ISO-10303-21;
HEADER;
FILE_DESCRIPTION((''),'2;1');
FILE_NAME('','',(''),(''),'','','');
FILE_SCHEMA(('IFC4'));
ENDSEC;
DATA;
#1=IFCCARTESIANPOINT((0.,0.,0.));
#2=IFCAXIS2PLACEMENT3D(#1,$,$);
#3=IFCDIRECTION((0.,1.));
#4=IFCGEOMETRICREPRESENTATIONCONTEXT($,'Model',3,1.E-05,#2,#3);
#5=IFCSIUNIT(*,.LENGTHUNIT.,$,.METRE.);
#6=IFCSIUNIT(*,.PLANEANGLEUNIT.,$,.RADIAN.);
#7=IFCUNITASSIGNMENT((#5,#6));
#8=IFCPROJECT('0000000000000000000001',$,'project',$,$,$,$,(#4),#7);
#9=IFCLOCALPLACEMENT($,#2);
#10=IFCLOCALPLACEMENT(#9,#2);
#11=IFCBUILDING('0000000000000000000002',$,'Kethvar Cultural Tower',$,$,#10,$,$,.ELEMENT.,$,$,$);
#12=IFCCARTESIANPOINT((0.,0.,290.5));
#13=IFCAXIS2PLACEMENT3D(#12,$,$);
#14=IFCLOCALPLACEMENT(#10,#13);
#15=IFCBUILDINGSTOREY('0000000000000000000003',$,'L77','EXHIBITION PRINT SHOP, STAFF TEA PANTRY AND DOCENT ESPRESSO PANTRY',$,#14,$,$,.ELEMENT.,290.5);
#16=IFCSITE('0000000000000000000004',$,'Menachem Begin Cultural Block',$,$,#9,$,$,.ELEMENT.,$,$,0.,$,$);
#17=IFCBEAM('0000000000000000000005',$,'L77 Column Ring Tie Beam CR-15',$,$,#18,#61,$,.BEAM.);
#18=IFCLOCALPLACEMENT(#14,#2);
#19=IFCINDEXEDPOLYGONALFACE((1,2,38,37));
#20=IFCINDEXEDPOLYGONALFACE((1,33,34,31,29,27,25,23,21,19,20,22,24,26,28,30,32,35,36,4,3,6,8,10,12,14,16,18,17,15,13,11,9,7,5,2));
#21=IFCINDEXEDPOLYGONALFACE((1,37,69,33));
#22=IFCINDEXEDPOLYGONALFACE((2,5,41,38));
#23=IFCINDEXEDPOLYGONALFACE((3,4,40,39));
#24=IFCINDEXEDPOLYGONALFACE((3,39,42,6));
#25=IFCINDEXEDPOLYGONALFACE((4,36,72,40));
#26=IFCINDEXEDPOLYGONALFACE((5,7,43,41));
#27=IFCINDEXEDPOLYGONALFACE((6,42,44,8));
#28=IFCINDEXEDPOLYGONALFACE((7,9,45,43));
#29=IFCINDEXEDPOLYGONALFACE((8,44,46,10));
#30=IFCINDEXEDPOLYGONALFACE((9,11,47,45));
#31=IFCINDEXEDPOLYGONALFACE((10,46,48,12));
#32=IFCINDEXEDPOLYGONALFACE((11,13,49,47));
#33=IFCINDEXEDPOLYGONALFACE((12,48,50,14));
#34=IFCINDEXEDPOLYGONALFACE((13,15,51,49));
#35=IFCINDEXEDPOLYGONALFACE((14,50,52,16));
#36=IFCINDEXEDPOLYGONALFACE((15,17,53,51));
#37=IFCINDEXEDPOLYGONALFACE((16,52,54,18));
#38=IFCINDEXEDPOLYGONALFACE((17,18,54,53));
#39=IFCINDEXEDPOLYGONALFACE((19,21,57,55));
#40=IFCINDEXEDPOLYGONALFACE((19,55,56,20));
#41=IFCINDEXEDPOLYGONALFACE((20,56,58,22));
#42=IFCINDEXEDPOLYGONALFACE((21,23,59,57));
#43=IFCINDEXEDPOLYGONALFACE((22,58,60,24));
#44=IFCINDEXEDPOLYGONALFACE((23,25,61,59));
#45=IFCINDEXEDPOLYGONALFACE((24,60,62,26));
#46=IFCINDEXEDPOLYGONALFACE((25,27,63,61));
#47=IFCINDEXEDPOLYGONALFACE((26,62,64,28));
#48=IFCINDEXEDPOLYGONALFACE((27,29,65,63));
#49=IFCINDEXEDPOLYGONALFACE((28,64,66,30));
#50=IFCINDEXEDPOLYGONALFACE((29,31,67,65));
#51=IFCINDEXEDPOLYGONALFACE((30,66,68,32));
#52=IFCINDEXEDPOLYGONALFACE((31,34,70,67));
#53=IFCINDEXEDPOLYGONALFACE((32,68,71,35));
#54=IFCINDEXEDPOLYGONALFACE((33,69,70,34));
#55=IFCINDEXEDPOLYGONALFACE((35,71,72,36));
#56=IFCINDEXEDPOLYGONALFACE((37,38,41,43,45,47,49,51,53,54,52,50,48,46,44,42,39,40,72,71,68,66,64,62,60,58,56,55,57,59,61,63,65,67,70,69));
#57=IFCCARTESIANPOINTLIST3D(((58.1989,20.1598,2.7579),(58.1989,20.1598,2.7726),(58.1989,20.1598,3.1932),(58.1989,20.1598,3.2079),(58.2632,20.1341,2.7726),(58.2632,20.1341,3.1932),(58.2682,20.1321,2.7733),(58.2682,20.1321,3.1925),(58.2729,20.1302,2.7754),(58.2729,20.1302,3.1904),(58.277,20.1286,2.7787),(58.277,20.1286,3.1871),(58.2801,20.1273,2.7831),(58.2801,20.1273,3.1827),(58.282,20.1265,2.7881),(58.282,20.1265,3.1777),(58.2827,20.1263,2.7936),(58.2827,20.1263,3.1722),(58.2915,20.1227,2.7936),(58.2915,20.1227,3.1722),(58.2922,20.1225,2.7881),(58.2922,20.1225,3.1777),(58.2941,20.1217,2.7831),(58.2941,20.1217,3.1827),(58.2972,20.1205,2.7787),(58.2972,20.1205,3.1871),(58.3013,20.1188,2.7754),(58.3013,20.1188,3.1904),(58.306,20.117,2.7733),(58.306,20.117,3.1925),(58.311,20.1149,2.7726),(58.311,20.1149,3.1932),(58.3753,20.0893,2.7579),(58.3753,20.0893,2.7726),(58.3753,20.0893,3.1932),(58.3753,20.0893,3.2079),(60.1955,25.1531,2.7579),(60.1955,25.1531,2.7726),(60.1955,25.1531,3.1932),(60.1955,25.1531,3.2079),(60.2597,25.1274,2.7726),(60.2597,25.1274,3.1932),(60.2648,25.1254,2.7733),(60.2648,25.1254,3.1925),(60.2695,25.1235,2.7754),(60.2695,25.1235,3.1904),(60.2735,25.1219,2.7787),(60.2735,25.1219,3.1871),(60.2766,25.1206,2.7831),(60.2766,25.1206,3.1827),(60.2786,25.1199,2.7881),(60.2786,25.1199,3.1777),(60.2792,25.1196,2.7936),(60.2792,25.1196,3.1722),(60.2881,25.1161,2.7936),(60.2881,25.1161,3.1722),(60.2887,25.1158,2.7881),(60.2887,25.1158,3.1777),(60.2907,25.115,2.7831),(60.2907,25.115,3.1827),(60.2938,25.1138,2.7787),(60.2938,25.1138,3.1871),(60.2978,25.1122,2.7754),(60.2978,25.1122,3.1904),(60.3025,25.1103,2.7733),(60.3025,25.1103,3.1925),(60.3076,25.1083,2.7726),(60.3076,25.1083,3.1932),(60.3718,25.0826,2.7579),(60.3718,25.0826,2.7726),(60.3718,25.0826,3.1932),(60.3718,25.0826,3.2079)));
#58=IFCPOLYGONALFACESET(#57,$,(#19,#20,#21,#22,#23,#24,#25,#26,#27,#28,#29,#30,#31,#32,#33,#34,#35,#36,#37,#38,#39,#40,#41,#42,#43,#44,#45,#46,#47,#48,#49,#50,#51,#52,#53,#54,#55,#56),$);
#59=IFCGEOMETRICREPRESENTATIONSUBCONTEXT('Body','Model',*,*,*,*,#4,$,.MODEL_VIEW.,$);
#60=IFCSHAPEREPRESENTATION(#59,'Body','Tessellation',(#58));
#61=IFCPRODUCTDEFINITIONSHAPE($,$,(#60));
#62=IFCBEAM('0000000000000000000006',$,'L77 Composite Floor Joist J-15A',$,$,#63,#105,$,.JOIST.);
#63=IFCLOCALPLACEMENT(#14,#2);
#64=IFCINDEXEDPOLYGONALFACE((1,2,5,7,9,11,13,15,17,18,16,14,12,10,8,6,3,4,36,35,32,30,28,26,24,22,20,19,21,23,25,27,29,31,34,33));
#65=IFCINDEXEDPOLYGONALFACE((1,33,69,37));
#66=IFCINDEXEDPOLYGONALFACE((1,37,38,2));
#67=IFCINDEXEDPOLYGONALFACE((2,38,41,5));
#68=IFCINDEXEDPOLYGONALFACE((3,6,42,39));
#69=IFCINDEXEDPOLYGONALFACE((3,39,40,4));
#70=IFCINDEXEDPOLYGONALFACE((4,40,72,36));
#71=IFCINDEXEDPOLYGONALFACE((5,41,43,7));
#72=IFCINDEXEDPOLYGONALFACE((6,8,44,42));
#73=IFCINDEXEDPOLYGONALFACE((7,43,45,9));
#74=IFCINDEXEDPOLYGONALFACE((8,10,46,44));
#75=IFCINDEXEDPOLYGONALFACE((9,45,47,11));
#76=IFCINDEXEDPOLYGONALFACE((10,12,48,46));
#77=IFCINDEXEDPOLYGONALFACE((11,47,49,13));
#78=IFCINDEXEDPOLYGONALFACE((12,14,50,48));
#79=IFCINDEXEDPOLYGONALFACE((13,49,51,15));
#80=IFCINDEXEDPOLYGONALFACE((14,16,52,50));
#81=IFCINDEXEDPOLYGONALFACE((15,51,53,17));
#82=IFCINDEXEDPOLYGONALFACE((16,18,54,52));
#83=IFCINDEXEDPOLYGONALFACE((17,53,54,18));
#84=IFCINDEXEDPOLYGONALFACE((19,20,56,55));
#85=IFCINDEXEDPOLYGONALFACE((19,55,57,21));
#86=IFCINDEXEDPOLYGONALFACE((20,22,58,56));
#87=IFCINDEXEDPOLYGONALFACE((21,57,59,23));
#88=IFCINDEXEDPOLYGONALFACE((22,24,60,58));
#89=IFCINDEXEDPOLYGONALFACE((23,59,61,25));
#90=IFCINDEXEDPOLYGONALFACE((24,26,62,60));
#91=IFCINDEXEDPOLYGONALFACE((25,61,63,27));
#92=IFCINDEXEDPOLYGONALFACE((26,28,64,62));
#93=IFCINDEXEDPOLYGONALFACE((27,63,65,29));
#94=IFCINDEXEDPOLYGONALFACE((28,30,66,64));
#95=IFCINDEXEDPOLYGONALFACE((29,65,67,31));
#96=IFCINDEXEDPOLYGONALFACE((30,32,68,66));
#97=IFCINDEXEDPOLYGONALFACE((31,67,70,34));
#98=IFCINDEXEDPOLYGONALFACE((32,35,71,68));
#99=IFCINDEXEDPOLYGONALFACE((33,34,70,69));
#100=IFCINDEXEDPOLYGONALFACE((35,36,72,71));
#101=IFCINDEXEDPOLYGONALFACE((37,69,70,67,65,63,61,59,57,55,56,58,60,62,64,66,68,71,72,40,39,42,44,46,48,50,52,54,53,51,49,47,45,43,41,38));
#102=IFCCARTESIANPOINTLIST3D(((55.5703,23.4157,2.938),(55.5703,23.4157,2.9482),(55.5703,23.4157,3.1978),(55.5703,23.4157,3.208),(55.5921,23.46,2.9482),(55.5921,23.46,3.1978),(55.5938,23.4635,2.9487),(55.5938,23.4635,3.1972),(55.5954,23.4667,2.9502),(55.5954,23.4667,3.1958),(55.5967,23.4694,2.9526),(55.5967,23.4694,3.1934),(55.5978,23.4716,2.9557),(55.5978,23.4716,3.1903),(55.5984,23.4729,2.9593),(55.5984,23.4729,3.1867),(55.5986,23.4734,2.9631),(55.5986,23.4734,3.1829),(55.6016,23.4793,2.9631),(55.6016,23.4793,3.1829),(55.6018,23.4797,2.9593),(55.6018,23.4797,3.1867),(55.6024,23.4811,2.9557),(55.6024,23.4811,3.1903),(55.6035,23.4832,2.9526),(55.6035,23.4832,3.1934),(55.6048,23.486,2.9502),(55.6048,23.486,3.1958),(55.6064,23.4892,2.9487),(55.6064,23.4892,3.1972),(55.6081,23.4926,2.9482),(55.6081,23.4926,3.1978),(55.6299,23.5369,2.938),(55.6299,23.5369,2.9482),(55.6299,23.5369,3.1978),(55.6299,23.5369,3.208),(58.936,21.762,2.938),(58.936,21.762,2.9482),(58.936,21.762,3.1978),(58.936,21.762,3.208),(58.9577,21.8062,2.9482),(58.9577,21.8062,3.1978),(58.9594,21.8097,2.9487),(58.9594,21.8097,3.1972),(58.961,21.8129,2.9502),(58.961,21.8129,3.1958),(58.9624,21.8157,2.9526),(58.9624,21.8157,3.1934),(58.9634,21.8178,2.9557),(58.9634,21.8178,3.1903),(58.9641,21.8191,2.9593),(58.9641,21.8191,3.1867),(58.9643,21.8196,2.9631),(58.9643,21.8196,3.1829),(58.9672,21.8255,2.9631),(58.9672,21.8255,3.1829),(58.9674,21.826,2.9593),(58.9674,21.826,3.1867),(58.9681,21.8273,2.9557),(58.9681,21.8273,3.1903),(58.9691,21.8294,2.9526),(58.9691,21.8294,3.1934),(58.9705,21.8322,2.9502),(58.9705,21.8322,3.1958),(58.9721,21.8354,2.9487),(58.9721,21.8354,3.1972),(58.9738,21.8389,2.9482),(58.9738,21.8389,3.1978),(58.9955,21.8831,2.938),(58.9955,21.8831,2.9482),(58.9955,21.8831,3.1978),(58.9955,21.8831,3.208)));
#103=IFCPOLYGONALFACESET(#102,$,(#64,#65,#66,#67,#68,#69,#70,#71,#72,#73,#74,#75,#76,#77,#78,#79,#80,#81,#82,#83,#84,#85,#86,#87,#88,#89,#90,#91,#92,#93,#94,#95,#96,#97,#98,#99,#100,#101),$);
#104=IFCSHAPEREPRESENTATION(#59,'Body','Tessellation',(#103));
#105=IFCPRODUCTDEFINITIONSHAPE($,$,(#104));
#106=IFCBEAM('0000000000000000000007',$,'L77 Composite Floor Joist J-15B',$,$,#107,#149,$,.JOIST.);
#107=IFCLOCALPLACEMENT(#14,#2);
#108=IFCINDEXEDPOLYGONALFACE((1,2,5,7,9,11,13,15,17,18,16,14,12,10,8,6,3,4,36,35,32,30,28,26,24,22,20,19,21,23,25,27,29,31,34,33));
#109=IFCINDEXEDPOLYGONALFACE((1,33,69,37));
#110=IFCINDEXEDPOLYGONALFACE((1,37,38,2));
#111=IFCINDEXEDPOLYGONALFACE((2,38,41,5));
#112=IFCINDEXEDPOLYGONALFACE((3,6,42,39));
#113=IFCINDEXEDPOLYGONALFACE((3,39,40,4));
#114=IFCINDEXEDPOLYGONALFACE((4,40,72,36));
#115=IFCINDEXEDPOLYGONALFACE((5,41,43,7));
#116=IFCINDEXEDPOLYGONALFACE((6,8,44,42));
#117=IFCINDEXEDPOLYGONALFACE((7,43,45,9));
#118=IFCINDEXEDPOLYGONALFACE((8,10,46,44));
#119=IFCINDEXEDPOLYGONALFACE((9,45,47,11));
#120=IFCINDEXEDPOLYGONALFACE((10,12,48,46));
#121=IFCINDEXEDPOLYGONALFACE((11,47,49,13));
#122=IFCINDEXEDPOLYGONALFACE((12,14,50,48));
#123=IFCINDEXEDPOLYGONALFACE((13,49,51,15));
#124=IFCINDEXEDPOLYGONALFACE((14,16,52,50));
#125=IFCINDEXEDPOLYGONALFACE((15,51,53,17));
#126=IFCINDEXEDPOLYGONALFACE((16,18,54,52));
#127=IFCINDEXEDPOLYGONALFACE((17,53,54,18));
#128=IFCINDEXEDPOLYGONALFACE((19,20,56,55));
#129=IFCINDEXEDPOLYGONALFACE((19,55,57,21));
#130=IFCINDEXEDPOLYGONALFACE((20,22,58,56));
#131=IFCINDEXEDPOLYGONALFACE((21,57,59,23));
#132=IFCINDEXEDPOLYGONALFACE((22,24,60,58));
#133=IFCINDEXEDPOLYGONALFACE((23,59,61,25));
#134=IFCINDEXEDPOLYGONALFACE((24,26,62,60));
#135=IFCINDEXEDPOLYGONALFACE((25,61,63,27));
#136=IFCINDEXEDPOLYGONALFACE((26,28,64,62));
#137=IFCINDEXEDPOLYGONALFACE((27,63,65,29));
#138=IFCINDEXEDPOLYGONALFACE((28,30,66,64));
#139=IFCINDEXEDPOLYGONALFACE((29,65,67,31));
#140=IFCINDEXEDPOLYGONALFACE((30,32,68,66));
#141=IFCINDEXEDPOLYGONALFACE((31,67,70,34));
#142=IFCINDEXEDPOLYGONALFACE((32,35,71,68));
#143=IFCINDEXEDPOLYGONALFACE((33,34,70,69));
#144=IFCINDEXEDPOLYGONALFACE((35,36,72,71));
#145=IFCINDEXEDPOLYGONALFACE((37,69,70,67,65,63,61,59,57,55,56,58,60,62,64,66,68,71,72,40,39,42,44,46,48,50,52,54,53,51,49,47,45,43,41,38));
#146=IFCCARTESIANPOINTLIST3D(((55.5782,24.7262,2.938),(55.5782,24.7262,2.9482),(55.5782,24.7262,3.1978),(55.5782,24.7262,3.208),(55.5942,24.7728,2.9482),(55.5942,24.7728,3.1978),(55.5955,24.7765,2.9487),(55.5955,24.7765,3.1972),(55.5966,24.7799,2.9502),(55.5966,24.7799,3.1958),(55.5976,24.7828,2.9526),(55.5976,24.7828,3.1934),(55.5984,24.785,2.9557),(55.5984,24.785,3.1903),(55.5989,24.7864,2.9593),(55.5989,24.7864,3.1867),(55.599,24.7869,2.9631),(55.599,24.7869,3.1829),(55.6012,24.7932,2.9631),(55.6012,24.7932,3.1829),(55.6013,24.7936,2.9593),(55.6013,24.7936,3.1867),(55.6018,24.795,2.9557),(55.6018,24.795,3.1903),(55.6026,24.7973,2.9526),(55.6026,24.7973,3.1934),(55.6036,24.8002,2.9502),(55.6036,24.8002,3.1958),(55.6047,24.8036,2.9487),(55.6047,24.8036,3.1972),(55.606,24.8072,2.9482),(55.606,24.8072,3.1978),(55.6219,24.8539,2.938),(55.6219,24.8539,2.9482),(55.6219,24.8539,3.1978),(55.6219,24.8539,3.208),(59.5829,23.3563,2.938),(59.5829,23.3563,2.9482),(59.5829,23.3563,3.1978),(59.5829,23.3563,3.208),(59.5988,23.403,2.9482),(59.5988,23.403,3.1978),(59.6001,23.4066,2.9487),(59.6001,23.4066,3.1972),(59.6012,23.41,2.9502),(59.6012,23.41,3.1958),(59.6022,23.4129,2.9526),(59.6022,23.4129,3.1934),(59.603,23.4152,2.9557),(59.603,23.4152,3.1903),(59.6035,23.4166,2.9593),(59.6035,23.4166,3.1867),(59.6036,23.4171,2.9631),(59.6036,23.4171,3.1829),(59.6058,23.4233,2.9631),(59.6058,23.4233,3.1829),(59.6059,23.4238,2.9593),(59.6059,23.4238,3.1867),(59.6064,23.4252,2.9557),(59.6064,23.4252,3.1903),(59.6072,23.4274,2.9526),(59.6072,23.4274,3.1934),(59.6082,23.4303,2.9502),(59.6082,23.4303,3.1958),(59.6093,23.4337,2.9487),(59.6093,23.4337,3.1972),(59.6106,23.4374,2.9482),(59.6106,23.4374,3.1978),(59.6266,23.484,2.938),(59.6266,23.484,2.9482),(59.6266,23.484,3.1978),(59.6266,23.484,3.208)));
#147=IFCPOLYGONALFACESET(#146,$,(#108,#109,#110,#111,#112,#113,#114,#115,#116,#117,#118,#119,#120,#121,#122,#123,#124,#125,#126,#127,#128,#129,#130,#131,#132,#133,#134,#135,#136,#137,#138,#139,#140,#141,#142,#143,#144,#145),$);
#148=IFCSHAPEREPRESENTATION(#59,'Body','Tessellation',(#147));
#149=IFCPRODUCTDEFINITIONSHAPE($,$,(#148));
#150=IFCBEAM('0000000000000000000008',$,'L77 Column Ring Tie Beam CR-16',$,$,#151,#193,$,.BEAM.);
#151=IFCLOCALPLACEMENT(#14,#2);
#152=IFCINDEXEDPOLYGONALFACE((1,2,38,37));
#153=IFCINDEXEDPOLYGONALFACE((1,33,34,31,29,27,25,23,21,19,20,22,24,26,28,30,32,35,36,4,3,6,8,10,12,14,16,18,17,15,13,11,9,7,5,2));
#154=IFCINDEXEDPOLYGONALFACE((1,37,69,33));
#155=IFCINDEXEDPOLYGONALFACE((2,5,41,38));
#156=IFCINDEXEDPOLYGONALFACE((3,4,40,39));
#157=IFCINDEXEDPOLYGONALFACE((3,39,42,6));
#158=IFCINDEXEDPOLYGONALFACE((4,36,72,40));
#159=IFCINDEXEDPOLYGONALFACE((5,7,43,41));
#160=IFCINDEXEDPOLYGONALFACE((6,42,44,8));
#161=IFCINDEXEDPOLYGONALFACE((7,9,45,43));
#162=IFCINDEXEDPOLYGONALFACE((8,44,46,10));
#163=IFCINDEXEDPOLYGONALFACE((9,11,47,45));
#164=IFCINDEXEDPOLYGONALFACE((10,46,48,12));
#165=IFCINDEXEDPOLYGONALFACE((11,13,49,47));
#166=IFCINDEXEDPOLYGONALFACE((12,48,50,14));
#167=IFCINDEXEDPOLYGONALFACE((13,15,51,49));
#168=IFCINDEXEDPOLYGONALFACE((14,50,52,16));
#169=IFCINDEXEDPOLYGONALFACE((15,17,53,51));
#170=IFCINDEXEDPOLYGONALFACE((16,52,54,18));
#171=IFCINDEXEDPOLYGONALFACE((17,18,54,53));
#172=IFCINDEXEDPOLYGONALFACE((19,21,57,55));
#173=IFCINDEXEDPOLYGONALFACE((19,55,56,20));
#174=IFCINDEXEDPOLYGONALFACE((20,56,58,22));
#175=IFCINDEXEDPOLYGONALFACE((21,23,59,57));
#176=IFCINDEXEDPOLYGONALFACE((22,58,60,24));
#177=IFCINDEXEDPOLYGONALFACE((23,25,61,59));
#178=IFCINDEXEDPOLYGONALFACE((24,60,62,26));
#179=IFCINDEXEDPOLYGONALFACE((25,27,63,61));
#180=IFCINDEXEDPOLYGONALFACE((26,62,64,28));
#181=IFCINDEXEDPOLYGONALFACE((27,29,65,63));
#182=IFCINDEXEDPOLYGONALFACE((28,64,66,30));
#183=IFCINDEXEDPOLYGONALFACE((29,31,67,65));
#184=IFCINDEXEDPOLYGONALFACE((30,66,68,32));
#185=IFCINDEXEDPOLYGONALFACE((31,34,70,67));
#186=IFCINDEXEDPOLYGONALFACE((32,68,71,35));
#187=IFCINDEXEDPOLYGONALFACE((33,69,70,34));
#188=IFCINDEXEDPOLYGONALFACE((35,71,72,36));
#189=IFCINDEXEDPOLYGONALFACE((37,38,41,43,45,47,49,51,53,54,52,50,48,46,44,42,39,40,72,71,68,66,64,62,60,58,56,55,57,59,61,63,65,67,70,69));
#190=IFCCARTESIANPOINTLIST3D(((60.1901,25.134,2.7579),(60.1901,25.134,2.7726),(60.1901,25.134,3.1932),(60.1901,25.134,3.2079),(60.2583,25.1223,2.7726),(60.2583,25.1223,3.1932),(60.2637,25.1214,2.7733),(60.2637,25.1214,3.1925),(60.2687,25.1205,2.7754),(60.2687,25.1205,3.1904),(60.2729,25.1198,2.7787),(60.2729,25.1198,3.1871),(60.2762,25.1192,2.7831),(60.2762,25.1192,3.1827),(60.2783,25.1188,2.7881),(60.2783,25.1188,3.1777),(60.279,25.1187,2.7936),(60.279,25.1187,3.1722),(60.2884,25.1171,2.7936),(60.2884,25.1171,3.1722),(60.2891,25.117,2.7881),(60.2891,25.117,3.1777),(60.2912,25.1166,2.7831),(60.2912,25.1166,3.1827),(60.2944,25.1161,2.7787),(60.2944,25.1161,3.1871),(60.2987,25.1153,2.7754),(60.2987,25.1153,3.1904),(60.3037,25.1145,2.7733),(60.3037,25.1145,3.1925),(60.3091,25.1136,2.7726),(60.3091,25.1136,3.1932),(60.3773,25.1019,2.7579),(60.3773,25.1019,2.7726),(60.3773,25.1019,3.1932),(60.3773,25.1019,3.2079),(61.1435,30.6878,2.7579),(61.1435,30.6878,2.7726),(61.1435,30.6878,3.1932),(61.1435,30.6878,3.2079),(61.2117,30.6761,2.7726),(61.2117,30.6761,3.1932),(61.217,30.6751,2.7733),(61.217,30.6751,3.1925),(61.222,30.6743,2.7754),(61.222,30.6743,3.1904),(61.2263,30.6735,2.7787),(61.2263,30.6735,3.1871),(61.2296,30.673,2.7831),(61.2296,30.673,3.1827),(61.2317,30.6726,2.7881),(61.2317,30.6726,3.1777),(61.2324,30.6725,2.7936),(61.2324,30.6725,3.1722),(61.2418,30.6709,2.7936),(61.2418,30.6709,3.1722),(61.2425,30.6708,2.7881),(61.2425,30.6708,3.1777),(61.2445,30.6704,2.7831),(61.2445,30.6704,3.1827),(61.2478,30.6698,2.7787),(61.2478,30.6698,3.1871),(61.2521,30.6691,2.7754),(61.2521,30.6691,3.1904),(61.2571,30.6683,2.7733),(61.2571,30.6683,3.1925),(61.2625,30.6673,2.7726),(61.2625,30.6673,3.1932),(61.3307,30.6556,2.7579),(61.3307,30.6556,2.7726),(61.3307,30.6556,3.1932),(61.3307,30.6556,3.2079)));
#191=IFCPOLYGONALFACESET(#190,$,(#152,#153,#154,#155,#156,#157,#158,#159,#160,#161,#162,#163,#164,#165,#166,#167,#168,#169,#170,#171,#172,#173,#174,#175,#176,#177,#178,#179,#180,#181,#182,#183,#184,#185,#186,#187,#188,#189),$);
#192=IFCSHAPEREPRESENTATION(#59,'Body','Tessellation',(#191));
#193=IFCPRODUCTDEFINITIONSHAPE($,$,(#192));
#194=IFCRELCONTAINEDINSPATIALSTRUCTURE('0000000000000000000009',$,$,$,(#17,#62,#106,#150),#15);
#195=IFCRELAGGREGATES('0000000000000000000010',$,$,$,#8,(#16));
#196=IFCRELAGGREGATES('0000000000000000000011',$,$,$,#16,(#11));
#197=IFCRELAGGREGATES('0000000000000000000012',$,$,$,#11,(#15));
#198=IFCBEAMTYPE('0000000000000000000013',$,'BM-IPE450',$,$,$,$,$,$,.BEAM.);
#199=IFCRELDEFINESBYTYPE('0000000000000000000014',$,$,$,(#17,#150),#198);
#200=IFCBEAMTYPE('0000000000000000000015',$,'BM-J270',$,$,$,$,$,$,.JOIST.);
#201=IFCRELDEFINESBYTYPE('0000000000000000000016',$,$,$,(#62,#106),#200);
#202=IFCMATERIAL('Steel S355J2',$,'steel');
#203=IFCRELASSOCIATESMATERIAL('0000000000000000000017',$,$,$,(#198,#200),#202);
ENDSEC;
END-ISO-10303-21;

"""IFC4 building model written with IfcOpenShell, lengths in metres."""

from ifc_helpers import new_model, si_unit, direction, frame, origin, origin_2d, place, context, subcontext, project, spatial, i_section, extrude, source, transform, mapped, material, material_profile, profile_set, type_object, element, save


model = new_model("IFC4")

# Units and contexts
model_context = context("Model", 3, precision=1e-05, world=origin(), true_north=direction((0.0, 1.0)))
body_context = subcontext(model_context, "Body", "Model", "MODEL_VIEW")
ifc_project = project(units=[si_unit("LENGTHUNIT", "METRE"), si_unit("PLANEANGLEUNIT", "RADIAN")], contexts=[model_context])

# Site, building, storey
site_placement = place(None, origin())
site = spatial("IfcSite", under=ifc_project, at=site_placement, Name="Menachem Begin Cultural Block", CompositionType="ELEMENT", RefElevation=0.0)
building_placement = place(site_placement, origin())
building = spatial("IfcBuilding", under=site, at=building_placement, Name="Kethvar Cultural Tower", CompositionType="ELEMENT")
storey_placement = place(building_placement, frame((0.0, 0.0, 290.5)))
storey = spatial("IfcBuildingStorey", under=building, at=storey_placement, Name="L77", Description="EXHIBITION PRINT SHOP, STAFF TEA PANTRY AND DOCENT ESPRESSO PANTRY", CompositionType="ELEMENT", Elevation=290.5)

# Shared definitions
ifc_material_1 = material(Name="Steel S355J2", Category="steel")

# Beams
ifc_material_profile_1 = material_profile(ifc_material_1, i_section(OverallWidth=0.1899, OverallDepth=0.45, WebThickness=0.0095, FlangeThickness=0.0146, FilletRadius=0.021, at=origin_2d()), Name="Steel S355J2 — IPE450")
ifc_profile_set_1 = profile_set([ifc_material_profile_1], Name="Steel S355J2 — IPE450")
beam_type_1 = type_object("IfcBeamType", Name="BM-IPE450", PredefinedType="BEAM", material=ifc_profile_set_1)
shared_shape_1 = source(origin(), body_context, "Body", "SweptSolid", [
    extrude(i_section(OverallWidth=0.1899, OverallDepth=0.45, WebThickness=0.0095, FlangeThickness=0.0146, FilletRadius=0.021, at=origin_2d()), origin(), (0.0, 0.0, 1.0), 5.3777),
])
beam_1_placement = place(storey_placement, frame((58.2871, 20.1245, 2.9829), z_axis=(0.371265, 0.928527, 0.0), x_axis=(-0.928527, 0.371265, 0.0)))
element("IfcBeam", 1, at=beam_1_placement, inside=storey, type_object=beam_type_1, Name="L77 Column Ring Tie Beam CR-15", PredefinedType="BEAM", context=body_context, shape_type="MappedRepresentation", body=[
    mapped(shared_shape_1, transform((0.0, 0.0, 0.0), scale=1.0)),
])
ifc_material_profile_2 = material_profile(ifc_material_1, i_section(OverallWidth=0.135, OverallDepth=0.27, WebThickness=0.0066, FlangeThickness=0.0103, FilletRadius=0.0149, at=origin_2d()), Name="Steel S355J2 — IPE270")
ifc_profile_set_2 = profile_set([ifc_material_profile_2], Name="Steel S355J2 — IPE270")
beam_type_2 = type_object("IfcBeamType", Name="BM-J270", PredefinedType="JOIST", material=ifc_profile_set_2)
shared_shape_2 = source(origin(), body_context, "Body", "SweptSolid", [
    extrude(i_section(OverallWidth=0.135, OverallDepth=0.27, WebThickness=0.0066, FlangeThickness=0.0103, FilletRadius=0.0149, at=origin_2d()), origin(), (0.0, 0.0, 1.0), 3.75),
])
beam_2_placement = place(storey_placement, frame((55.6001, 23.4763, 3.073), z_axis=(0.897505, -0.441005, 0.0), x_axis=(0.441005, 0.897505, 0.0)))
element("IfcBeam", 2, at=beam_2_placement, inside=storey, type_object=beam_type_2, Name="L77 Composite Floor Joist J-15A", PredefinedType="JOIST", context=body_context, shape_type="MappedRepresentation", body=[
    mapped(shared_shape_2, transform((0.0, 0.0, 0.0), scale=1.0)),
])
shared_shape_3 = source(origin(), body_context, "Body", "SweptSolid", [
    extrude(i_section(OverallWidth=0.135, OverallDepth=0.27, WebThickness=0.0066, FlangeThickness=0.0103, FilletRadius=0.0149, at=origin_2d()), origin(), (0.0, 0.0, 1.0), 4.2324),
])
beam_3_placement = place(storey_placement, frame((55.6001, 24.79, 3.073), z_axis=(0.946174, -0.323659, 0.0), x_axis=(0.323659, 0.946174, 0.0)))
element("IfcBeam", 3, at=beam_3_placement, inside=storey, type_object=beam_type_2, Name="L77 Composite Floor Joist J-15B", PredefinedType="JOIST", context=body_context, shape_type="MappedRepresentation", body=[
    mapped(shared_shape_3, transform((0.0, 0.0, 0.0), scale=1.0)),
])
shared_shape_4 = source(origin(), body_context, "Body", "SweptSolid", [
    extrude(i_section(OverallWidth=0.1899, OverallDepth=0.45, WebThickness=0.0095, FlangeThickness=0.0146, FilletRadius=0.021, at=origin_2d()), origin(), (0.0, 0.0, 1.0), 5.635),
])
beam_4_placement = place(storey_placement, frame((60.2837, 25.1179, 2.9829), z_axis=(0.169189, 0.985584, 0.0), x_axis=(-0.985584, 0.169189, 0.0)))
element("IfcBeam", 4, at=beam_4_placement, inside=storey, type_object=beam_type_1, Name="L77 Column Ring Tie Beam CR-16", PredefinedType="BEAM", context=body_context, shape_type="MappedRepresentation", body=[
    mapped(shared_shape_4, transform((0.0, 0.0, 0.0), scale=1.0)),
])

save(model, "model.ifc")
